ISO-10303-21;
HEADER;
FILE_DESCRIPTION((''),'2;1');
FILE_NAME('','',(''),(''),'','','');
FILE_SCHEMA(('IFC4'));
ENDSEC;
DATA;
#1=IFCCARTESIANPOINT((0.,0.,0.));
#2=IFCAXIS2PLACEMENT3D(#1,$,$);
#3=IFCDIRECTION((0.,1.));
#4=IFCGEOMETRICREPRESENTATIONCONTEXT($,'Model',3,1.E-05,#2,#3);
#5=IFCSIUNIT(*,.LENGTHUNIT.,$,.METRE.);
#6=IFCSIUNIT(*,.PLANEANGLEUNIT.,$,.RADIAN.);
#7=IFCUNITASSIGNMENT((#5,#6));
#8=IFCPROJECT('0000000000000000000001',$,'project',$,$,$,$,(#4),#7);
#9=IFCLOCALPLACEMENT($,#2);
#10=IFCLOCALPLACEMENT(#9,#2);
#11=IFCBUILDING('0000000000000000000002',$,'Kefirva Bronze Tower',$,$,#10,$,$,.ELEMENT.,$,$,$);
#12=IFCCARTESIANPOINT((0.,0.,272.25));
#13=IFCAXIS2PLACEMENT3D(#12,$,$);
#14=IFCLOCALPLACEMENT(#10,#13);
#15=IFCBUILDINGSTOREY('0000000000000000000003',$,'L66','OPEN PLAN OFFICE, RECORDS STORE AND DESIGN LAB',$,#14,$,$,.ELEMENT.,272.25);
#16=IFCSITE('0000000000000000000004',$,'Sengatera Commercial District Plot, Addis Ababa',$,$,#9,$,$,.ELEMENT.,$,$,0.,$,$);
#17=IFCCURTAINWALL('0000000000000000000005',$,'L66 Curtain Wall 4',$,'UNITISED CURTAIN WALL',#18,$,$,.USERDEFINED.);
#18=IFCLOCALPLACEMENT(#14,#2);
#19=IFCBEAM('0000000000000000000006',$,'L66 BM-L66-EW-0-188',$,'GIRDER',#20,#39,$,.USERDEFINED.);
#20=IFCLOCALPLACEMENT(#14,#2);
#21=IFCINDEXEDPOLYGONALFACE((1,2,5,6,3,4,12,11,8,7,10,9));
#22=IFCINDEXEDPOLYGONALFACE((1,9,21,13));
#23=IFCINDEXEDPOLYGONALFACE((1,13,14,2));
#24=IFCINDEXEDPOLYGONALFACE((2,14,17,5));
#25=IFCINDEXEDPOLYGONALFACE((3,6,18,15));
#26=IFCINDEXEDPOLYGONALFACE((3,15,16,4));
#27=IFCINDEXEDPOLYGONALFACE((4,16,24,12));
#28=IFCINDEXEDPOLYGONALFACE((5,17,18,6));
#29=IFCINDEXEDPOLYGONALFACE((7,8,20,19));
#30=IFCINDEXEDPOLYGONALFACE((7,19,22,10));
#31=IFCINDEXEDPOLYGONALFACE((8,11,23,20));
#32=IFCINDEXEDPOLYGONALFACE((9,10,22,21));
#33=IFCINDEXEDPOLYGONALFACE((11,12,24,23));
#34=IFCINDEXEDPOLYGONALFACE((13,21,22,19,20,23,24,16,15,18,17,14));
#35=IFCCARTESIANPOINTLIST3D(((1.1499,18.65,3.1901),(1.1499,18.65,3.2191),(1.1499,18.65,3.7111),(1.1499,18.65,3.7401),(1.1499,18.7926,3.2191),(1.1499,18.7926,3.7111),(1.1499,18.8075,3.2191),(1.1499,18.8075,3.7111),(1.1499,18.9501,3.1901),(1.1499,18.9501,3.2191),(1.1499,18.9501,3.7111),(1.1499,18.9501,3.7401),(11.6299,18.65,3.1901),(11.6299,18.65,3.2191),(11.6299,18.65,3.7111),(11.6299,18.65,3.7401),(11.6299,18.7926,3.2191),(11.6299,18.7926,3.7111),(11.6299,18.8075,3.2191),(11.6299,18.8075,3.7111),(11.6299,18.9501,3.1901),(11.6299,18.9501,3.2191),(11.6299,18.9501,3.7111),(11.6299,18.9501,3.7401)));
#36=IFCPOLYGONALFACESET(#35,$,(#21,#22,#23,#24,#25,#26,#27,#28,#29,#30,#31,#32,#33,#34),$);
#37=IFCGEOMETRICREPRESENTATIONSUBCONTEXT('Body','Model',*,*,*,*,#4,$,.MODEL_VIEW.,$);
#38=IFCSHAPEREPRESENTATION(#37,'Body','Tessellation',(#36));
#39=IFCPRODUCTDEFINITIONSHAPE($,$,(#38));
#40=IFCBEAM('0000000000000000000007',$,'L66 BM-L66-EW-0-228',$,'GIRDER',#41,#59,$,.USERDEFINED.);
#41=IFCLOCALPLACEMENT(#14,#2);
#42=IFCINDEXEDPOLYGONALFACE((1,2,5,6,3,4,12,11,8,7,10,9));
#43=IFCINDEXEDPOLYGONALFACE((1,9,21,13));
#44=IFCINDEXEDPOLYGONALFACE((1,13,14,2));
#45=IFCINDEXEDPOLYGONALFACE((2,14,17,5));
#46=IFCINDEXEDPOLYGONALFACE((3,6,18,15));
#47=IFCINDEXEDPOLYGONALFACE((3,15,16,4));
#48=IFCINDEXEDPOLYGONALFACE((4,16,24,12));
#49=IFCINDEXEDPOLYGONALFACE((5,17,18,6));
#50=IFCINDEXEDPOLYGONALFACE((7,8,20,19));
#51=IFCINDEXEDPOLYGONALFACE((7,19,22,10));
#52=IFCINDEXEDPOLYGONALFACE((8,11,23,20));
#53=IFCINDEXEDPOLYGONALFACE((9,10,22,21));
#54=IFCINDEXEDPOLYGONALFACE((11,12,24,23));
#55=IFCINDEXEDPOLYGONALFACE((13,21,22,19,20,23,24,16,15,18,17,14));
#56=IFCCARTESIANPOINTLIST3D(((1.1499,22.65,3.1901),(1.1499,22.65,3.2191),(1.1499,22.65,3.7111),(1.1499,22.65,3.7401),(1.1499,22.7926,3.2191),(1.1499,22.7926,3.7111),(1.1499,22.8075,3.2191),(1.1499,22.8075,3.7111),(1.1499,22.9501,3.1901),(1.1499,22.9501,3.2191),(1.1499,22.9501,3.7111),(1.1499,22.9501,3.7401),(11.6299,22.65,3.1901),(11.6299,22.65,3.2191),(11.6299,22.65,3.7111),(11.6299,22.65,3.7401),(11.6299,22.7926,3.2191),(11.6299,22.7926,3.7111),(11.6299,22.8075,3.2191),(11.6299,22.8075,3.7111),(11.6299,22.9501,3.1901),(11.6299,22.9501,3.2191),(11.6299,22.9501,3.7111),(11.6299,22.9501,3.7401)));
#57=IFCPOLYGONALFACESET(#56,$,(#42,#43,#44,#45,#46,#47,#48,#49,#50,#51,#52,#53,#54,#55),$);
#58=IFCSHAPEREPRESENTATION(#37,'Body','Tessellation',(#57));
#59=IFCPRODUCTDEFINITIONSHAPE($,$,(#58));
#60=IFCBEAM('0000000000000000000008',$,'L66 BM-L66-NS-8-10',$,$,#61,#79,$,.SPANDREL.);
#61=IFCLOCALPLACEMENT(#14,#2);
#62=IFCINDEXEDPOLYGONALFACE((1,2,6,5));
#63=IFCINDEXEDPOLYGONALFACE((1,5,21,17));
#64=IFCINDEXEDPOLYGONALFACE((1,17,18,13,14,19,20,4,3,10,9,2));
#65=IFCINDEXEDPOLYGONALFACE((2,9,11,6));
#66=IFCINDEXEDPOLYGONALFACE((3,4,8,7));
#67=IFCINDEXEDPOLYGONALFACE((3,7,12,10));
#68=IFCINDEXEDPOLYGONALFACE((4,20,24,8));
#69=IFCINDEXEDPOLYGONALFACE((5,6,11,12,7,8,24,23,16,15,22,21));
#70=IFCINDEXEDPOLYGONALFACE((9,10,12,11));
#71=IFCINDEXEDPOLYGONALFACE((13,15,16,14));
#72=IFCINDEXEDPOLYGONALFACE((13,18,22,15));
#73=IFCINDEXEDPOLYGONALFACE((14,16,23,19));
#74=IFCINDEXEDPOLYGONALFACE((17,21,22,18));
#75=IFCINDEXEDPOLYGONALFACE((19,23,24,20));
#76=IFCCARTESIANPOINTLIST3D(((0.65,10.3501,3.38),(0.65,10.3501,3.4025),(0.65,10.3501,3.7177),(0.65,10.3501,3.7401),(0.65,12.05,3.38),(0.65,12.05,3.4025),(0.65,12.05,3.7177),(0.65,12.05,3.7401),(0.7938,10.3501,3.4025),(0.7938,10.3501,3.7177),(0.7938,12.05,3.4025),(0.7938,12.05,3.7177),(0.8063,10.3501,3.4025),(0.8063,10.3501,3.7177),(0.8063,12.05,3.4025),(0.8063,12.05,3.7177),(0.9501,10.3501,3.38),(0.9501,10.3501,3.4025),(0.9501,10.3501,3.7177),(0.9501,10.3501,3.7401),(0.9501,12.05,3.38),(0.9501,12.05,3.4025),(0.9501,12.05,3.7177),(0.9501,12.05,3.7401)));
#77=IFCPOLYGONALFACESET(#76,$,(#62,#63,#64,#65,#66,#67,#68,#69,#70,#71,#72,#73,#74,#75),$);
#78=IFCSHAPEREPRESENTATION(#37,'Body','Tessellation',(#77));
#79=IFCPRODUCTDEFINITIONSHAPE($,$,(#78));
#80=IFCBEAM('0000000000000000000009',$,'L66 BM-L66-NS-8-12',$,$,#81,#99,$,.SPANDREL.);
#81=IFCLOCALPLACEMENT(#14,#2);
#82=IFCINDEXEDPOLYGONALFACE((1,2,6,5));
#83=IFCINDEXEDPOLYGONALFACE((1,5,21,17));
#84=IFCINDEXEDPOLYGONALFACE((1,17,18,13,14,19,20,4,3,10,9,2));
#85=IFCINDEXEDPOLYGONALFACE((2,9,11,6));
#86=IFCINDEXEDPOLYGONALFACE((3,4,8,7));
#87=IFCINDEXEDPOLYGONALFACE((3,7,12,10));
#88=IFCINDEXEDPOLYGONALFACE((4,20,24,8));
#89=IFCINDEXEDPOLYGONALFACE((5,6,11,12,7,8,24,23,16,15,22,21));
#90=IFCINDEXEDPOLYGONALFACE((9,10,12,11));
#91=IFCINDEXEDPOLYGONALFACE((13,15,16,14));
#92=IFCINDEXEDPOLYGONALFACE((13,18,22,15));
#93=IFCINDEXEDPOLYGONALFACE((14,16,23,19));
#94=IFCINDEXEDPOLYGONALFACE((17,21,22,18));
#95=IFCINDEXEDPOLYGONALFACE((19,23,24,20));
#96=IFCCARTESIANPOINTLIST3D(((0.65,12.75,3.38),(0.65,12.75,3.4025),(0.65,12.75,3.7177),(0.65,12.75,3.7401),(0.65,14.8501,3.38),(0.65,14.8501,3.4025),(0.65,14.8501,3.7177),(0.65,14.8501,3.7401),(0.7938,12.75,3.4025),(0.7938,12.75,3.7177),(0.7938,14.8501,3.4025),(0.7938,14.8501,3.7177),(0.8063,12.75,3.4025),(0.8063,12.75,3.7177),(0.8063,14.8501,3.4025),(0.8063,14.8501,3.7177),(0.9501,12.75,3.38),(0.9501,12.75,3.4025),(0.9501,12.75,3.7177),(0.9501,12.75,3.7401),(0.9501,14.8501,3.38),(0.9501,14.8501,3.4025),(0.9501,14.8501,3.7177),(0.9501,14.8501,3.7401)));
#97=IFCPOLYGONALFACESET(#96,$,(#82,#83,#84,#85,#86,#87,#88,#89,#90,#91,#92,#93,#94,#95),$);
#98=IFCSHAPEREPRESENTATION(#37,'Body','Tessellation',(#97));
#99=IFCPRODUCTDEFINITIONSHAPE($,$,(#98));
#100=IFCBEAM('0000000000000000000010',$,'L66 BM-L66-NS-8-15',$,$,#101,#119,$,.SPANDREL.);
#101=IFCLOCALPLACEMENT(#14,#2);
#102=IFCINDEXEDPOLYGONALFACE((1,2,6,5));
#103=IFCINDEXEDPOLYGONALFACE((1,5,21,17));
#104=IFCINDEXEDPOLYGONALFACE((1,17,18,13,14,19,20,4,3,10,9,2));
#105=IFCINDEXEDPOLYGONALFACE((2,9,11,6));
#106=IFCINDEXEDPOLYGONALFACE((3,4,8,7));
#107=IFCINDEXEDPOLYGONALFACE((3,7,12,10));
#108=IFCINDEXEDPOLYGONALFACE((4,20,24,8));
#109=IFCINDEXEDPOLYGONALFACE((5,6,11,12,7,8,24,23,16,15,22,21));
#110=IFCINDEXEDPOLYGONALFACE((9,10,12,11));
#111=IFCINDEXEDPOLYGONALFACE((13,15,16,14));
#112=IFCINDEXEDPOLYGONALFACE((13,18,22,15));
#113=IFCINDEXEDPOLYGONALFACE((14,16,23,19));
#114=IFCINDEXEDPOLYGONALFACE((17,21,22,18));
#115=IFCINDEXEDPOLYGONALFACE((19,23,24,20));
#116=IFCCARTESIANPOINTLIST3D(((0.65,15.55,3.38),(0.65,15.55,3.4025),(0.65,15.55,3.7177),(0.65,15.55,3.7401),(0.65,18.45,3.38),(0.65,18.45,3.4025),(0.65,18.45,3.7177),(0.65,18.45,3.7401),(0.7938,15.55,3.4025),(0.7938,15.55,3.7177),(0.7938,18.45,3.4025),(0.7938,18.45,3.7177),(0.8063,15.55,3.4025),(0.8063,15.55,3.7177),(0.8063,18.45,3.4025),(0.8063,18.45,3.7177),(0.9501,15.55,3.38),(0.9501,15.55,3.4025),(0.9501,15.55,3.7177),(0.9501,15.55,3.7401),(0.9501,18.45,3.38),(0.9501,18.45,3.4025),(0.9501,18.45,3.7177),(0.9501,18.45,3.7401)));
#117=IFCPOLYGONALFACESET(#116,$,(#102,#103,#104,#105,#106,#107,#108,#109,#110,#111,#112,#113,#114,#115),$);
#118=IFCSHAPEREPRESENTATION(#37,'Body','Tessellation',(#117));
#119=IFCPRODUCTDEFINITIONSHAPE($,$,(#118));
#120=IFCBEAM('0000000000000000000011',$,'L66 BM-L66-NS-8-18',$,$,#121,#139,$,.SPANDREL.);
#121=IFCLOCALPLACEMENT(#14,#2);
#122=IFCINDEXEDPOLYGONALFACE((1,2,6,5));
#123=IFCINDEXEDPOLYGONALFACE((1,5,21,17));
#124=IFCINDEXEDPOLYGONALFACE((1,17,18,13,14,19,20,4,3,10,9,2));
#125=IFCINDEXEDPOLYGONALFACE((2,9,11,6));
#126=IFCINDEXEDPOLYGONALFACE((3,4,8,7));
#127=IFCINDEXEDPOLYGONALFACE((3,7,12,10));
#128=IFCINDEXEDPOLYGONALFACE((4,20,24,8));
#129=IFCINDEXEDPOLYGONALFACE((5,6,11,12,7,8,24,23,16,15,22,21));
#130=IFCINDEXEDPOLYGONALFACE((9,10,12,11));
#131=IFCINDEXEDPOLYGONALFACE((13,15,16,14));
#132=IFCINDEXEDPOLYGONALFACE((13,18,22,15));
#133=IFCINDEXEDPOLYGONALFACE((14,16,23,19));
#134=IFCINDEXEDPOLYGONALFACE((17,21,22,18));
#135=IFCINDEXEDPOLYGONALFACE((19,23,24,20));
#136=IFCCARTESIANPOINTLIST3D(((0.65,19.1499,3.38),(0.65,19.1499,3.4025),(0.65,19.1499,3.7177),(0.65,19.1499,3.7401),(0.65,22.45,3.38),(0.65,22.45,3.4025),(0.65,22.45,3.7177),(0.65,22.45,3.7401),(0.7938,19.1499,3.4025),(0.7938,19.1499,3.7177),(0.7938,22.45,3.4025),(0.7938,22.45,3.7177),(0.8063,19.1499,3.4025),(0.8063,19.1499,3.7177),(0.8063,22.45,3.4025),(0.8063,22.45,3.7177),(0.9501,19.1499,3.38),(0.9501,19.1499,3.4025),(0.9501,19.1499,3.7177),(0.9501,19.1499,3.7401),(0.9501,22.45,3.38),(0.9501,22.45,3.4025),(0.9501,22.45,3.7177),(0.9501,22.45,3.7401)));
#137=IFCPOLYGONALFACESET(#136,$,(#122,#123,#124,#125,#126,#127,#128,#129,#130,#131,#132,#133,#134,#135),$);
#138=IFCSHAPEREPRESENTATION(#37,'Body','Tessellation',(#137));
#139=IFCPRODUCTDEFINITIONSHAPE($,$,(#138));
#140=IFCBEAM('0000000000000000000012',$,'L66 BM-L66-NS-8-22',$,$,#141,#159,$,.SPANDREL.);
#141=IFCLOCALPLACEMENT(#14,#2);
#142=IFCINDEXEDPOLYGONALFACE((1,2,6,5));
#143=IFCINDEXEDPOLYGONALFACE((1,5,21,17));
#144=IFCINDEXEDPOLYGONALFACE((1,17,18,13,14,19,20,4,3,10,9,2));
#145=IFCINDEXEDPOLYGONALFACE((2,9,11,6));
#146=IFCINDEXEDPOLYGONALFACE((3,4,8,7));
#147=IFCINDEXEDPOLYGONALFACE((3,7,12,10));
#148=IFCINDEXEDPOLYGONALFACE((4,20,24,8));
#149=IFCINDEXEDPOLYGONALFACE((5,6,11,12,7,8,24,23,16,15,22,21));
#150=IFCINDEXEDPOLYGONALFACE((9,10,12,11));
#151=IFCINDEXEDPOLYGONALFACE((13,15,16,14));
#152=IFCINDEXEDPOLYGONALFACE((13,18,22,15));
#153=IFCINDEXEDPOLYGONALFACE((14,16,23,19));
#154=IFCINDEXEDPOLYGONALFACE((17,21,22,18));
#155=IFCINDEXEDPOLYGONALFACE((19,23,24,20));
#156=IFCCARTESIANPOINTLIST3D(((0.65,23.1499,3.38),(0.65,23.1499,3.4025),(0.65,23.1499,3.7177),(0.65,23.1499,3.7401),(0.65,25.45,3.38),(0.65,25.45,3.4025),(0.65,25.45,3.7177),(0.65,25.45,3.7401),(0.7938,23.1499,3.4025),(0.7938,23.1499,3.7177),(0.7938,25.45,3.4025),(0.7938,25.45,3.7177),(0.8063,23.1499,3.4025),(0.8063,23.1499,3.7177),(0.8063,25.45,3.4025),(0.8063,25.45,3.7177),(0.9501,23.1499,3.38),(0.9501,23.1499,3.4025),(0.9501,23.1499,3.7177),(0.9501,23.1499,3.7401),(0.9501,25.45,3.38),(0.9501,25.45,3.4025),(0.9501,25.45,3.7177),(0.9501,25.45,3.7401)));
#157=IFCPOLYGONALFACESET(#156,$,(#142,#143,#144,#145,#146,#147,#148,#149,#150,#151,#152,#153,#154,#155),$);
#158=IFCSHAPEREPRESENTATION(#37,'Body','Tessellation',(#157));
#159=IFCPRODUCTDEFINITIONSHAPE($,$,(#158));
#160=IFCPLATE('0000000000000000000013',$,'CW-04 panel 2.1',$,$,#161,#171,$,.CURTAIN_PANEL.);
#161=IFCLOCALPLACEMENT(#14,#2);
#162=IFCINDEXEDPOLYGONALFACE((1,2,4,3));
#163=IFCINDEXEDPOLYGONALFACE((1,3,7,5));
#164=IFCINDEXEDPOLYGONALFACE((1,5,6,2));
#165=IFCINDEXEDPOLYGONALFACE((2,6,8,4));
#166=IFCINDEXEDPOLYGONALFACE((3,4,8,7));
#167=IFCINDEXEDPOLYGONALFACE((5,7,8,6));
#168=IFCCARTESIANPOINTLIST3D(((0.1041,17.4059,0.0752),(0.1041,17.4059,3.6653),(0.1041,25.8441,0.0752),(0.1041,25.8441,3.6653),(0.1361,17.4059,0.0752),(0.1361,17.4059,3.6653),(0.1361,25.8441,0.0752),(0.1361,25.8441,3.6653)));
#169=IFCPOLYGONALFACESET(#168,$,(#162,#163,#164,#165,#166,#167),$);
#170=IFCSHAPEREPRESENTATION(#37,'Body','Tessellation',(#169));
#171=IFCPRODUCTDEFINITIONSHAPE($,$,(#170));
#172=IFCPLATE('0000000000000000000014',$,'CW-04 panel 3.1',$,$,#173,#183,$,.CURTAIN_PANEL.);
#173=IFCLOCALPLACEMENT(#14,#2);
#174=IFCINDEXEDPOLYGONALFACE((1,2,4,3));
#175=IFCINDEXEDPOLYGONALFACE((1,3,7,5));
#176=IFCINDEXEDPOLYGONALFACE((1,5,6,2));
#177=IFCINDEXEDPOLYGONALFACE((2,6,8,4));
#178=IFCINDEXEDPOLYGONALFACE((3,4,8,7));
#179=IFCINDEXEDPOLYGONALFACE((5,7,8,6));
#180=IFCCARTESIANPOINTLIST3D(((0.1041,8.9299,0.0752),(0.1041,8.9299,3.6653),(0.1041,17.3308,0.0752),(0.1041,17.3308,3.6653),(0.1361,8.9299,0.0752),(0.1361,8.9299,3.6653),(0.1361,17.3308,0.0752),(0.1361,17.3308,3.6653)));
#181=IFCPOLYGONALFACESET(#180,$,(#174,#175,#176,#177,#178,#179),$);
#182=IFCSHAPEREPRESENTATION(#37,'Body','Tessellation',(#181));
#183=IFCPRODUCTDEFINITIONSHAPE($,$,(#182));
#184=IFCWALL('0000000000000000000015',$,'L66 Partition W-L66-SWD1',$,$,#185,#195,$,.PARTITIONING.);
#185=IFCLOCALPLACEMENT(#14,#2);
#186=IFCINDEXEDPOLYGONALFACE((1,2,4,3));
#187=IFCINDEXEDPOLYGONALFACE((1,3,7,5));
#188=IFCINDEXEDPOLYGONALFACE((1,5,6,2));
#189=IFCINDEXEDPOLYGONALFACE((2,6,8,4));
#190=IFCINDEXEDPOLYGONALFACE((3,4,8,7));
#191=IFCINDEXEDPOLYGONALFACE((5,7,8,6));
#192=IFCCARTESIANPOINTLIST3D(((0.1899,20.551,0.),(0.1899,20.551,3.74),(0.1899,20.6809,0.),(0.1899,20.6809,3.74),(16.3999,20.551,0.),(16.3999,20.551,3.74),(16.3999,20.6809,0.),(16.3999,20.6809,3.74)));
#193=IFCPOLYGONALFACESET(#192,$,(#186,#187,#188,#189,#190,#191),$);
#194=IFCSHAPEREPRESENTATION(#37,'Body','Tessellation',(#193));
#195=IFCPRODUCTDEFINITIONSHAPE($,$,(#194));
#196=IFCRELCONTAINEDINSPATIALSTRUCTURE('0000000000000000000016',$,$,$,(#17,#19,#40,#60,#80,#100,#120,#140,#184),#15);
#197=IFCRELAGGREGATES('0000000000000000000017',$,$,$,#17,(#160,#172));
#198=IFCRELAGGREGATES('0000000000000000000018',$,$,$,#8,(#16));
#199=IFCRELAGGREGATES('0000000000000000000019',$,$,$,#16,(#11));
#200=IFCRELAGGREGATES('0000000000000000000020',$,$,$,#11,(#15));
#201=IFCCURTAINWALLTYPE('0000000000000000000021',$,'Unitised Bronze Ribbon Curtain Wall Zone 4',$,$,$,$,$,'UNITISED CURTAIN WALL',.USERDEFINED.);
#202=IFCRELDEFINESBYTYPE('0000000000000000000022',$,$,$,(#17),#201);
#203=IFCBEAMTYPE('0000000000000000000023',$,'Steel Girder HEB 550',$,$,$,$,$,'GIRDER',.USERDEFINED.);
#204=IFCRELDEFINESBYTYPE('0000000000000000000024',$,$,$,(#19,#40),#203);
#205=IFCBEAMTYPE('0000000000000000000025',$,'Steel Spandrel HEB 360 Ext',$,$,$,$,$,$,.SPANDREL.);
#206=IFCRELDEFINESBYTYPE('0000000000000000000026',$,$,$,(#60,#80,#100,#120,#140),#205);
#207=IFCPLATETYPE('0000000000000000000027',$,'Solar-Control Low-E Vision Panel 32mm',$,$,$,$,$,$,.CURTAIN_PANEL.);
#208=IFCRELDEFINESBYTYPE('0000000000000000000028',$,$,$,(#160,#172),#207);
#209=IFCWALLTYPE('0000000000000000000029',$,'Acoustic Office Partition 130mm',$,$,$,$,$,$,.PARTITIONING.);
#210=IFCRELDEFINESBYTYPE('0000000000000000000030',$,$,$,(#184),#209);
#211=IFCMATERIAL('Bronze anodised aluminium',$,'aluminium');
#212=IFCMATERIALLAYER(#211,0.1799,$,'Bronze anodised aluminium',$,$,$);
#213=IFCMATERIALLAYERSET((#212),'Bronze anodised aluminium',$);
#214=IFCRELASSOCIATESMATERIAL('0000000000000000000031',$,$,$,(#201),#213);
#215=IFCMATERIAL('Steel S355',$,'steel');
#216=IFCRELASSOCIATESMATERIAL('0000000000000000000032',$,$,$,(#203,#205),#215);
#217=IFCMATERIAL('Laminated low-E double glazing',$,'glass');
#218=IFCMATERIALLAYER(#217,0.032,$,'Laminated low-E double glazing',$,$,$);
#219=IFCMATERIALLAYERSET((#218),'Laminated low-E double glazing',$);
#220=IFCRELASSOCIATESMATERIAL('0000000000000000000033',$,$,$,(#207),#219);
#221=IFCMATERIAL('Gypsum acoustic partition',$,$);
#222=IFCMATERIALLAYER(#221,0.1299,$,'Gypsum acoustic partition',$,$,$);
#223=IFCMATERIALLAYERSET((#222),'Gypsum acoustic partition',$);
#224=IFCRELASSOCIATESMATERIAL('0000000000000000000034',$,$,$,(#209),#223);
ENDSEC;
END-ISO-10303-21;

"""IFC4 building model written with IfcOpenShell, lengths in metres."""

from ifc_helpers import new_model, si_unit, direction, frame, frame_2d, origin, origin_2d, place, context, subcontext, project, spatial, rectangle, i_section, extrude, material, layer, layer_set, material_profile, profile_set, type_object, element, aggregate, save


model = new_model("IFC4")

# Units and contexts
model_context = context("Model", 3, precision=1e-05, world=origin(), true_north=direction((0.0, 1.0)))
body_context = subcontext(model_context, "Body", "Model", "MODEL_VIEW")
ifc_project = project(units=[si_unit("LENGTHUNIT", "METRE"), si_unit("PLANEANGLEUNIT", "RADIAN")], contexts=[model_context])

# Site, building, storey
site_placement = place(None, origin())
site = spatial("IfcSite", under=ifc_project, at=site_placement, Name="Sengatera Commercial District Plot, Addis Ababa", CompositionType="ELEMENT", RefElevation=0.0)
building_placement = place(site_placement, origin())
building = spatial("IfcBuilding", under=site, at=building_placement, Name="Kefirva Bronze Tower", CompositionType="ELEMENT")
storey_placement = place(building_placement, frame((0.0, 0.0, 272.25)))
storey = spatial("IfcBuildingStorey", under=building, at=storey_placement, Name="L66", Description="OPEN PLAN OFFICE, RECORDS STORE AND DESIGN LAB", CompositionType="ELEMENT", Elevation=272.25)

# Curtain wall
ifc_material_1 = material(Name="Bronze anodised aluminium", Category="aluminium")
ifc_layer_1 = layer(ifc_material_1, 0.1799, Name="Bronze anodised aluminium")
ifc_layer_set_1 = layer_set([ifc_layer_1], Name="Bronze anodised aluminium")
curtain_wall_type = type_object("IfcCurtainWallType", Name="Unitised Bronze Ribbon Curtain Wall Zone 4", ElementType="UNITISED CURTAIN WALL", PredefinedType="USERDEFINED", material=ifc_layer_set_1)
curtain_wall_1_placement = place(storey_placement, origin())
curtain_wall_1 = element("IfcCurtainWall", 1, at=curtain_wall_1_placement, inside=storey, type_object=curtain_wall_type, Name="L66 Curtain Wall 4", ObjectType="UNITISED CURTAIN WALL", PredefinedType="USERDEFINED")

# Beams
ifc_material_2 = material(Name="Steel S355", Category="steel")
ifc_material_profile_1 = material_profile(ifc_material_2, i_section(OverallWidth=0.3, OverallDepth=0.55, WebThickness=0.0149, FlangeThickness=0.0291, at=origin_2d()), Name="HEB 550")
ifc_profile_set_1 = profile_set([ifc_material_profile_1], Name="Steel S355")
beam_type_1 = type_object("IfcBeamType", Name="Steel Girder HEB 550", ElementType="GIRDER", PredefinedType="USERDEFINED", material=ifc_profile_set_1)
for number, where, z_axis, x_axis, name in (
    (2, (1.1499, 18.8, 3.4651), (1.0, 0.0, 0.0), (0.0, 1.0, 0.0), "L66 BM-L66-EW-0-188"),
    (3, (1.1499, 22.8, 3.4651), (1.0, 0.0, 0.0), (0.0, 1.0, 0.0), "L66 BM-L66-EW-0-228"),
):
    element("IfcBeam", number, at=place(storey_placement, frame(where, z_axis=z_axis, x_axis=x_axis)), inside=storey, type_object=beam_type_1, Name=name, ObjectType="GIRDER", PredefinedType="USERDEFINED", context=body_context, shape_type="SweptSolid", body=[
        extrude(i_section(OverallWidth=0.3, OverallDepth=0.55, WebThickness=0.0149, FlangeThickness=0.0291, at=origin_2d()), origin(), (0.0, 0.0, 1.0), 10.48),
    ])
ifc_material_profile_2 = material_profile(ifc_material_2, i_section(OverallWidth=0.3, OverallDepth=0.3601, WebThickness=0.0125, FlangeThickness=0.0225, at=origin_2d()), Name="HEB 360")
ifc_profile_set_2 = profile_set([ifc_material_profile_2], Name="Steel S355")
beam_type_2 = type_object("IfcBeamType", Name="Steel Spandrel HEB 360 Ext", PredefinedType="SPANDREL", material=ifc_profile_set_2)
beam_1_placement = place(storey_placement, frame((0.8, 10.3501, 3.5601), z_axis=(0.0, 1.0, 0.0), x_axis=(-1.0, 0.0, 0.0)))
element("IfcBeam", 4, at=beam_1_placement, inside=storey, type_object=beam_type_2, Name="L66 BM-L66-NS-8-10", PredefinedType="SPANDREL", context=body_context, shape_type="SweptSolid", body=[
    extrude(i_section(OverallWidth=0.3, OverallDepth=0.3601, WebThickness=0.0125, FlangeThickness=0.0225, at=origin_2d()), origin(), (0.0, 0.0, 1.0), 1.7),
])
beam_2_placement = place(storey_placement, frame((0.8, 12.75, 3.5601), z_axis=(0.0, 1.0, 0.0), x_axis=(-1.0, 0.0, 0.0)))
element("IfcBeam", 5, at=beam_2_placement, inside=storey, type_object=beam_type_2, Name="L66 BM-L66-NS-8-12", PredefinedType="SPANDREL", context=body_context, shape_type="SweptSolid", body=[
    extrude(i_section(OverallWidth=0.3, OverallDepth=0.3601, WebThickness=0.0125, FlangeThickness=0.0225, at=origin_2d()), origin(), (0.0, 0.0, 1.0), 2.1001),
])
beam_3_placement = place(storey_placement, frame((0.8, 15.55, 3.5601), z_axis=(0.0, 1.0, 0.0), x_axis=(-1.0, 0.0, 0.0)))
element("IfcBeam", 6, at=beam_3_placement, inside=storey, type_object=beam_type_2, Name="L66 BM-L66-NS-8-15", PredefinedType="SPANDREL", context=body_context, shape_type="SweptSolid", body=[
    extrude(i_section(OverallWidth=0.3, OverallDepth=0.3601, WebThickness=0.0125, FlangeThickness=0.0225, at=origin_2d()), origin(), (0.0, 0.0, 1.0), 2.8999),
])
beam_4_placement = place(storey_placement, frame((0.8, 19.1499, 3.5601), z_axis=(0.0, 1.0, 0.0), x_axis=(-1.0, 0.0, 0.0)))
element("IfcBeam", 7, at=beam_4_placement, inside=storey, type_object=beam_type_2, Name="L66 BM-L66-NS-8-18", PredefinedType="SPANDREL", context=body_context, shape_type="SweptSolid", body=[
    extrude(i_section(OverallWidth=0.3, OverallDepth=0.3601, WebThickness=0.0125, FlangeThickness=0.0225, at=origin_2d()), origin(), (0.0, 0.0, 1.0), 3.3),
])
beam_5_placement = place(storey_placement, frame((0.8, 23.1499, 3.5601), z_axis=(0.0, 1.0, 0.0), x_axis=(-1.0, 0.0, 0.0)))
element("IfcBeam", 8, at=beam_5_placement, inside=storey, type_object=beam_type_2, Name="L66 BM-L66-NS-8-22", PredefinedType="SPANDREL", context=body_context, shape_type="SweptSolid", body=[
    extrude(i_section(OverallWidth=0.3, OverallDepth=0.3601, WebThickness=0.0125, FlangeThickness=0.0225, at=origin_2d()), origin(), (0.0, 0.0, 1.0), 2.3),
])

# Plates
ifc_material_3 = material(Name="Laminated low-E double glazing", Category="glass")
ifc_layer_2 = layer(ifc_material_3, 0.032, Name="Laminated low-E double glazing")
ifc_layer_set_2 = layer_set([ifc_layer_2], Name="Laminated low-E double glazing")
plate_type = type_object("IfcPlateType", Name="Solar-Control Low-E Vision Panel 32mm", PredefinedType="CURTAIN_PANEL", material=ifc_layer_set_2)
plate_1_placement = place(storey_placement, frame((0.1201, 21.625, 0.0752), z_axis=(0.0, 0.0, 1.0), x_axis=(0.0, -1.0, 0.0)))
plate_1 = element("IfcPlate", 9, at=plate_1_placement, type_object=plate_type, Name="CW-04 panel 2.1", PredefinedType="CURTAIN_PANEL", context=body_context, shape_type="SweptSolid", body=[
    extrude(rectangle(XDim=8.4382, YDim=0.032, at=origin_2d()), origin(), (0.0, 0.0, 1.0), 3.5901),
])
plate_2_placement = place(storey_placement, frame((0.1201, 13.1304, 0.0752), z_axis=(0.0, 0.0, 1.0), x_axis=(0.0, -1.0, 0.0)))
plate_2 = element("IfcPlate", 10, at=plate_2_placement, type_object=plate_type, Name="CW-04 panel 3.1", PredefinedType="CURTAIN_PANEL", context=body_context, shape_type="SweptSolid", body=[
    extrude(rectangle(XDim=8.4009, YDim=0.032, at=origin_2d()), origin(), (0.0, 0.0, 1.0), 3.5901),
])
aggregate(curtain_wall_1, [plate_1, plate_2])

# Wall
ifc_material_4 = material(Name="Gypsum acoustic partition")
ifc_layer_3 = layer(ifc_material_4, 0.1299, Name="Gypsum acoustic partition")
ifc_layer_set_3 = layer_set([ifc_layer_3], Name="Gypsum acoustic partition")
wall_type_1 = type_object("IfcWallType", Name="Acoustic Office Partition 130mm", PredefinedType="PARTITIONING", material=ifc_layer_set_3)
for number, where, z_axis, x_axis, name in (
    (11, (0.1899, 20.616, 0.0), (0.0, 0.0, 1.0), (1.0, 0.0, 0.0), "L66 Partition W-L66-SWD1"),
):
    element("IfcWall", number, at=place(storey_placement, frame(where, z_axis=z_axis, x_axis=x_axis)), inside=storey, type_object=wall_type_1, Name=name, PredefinedType="PARTITIONING", context=body_context, shape_type="SweptSolid", body=[
        extrude(rectangle(XDim=16.21, YDim=0.1299, at=frame_2d((8.105, 0.0))), origin(), (0.0, 0.0, 1.0), 3.74),
    ])

save(model, "model.ifc")
